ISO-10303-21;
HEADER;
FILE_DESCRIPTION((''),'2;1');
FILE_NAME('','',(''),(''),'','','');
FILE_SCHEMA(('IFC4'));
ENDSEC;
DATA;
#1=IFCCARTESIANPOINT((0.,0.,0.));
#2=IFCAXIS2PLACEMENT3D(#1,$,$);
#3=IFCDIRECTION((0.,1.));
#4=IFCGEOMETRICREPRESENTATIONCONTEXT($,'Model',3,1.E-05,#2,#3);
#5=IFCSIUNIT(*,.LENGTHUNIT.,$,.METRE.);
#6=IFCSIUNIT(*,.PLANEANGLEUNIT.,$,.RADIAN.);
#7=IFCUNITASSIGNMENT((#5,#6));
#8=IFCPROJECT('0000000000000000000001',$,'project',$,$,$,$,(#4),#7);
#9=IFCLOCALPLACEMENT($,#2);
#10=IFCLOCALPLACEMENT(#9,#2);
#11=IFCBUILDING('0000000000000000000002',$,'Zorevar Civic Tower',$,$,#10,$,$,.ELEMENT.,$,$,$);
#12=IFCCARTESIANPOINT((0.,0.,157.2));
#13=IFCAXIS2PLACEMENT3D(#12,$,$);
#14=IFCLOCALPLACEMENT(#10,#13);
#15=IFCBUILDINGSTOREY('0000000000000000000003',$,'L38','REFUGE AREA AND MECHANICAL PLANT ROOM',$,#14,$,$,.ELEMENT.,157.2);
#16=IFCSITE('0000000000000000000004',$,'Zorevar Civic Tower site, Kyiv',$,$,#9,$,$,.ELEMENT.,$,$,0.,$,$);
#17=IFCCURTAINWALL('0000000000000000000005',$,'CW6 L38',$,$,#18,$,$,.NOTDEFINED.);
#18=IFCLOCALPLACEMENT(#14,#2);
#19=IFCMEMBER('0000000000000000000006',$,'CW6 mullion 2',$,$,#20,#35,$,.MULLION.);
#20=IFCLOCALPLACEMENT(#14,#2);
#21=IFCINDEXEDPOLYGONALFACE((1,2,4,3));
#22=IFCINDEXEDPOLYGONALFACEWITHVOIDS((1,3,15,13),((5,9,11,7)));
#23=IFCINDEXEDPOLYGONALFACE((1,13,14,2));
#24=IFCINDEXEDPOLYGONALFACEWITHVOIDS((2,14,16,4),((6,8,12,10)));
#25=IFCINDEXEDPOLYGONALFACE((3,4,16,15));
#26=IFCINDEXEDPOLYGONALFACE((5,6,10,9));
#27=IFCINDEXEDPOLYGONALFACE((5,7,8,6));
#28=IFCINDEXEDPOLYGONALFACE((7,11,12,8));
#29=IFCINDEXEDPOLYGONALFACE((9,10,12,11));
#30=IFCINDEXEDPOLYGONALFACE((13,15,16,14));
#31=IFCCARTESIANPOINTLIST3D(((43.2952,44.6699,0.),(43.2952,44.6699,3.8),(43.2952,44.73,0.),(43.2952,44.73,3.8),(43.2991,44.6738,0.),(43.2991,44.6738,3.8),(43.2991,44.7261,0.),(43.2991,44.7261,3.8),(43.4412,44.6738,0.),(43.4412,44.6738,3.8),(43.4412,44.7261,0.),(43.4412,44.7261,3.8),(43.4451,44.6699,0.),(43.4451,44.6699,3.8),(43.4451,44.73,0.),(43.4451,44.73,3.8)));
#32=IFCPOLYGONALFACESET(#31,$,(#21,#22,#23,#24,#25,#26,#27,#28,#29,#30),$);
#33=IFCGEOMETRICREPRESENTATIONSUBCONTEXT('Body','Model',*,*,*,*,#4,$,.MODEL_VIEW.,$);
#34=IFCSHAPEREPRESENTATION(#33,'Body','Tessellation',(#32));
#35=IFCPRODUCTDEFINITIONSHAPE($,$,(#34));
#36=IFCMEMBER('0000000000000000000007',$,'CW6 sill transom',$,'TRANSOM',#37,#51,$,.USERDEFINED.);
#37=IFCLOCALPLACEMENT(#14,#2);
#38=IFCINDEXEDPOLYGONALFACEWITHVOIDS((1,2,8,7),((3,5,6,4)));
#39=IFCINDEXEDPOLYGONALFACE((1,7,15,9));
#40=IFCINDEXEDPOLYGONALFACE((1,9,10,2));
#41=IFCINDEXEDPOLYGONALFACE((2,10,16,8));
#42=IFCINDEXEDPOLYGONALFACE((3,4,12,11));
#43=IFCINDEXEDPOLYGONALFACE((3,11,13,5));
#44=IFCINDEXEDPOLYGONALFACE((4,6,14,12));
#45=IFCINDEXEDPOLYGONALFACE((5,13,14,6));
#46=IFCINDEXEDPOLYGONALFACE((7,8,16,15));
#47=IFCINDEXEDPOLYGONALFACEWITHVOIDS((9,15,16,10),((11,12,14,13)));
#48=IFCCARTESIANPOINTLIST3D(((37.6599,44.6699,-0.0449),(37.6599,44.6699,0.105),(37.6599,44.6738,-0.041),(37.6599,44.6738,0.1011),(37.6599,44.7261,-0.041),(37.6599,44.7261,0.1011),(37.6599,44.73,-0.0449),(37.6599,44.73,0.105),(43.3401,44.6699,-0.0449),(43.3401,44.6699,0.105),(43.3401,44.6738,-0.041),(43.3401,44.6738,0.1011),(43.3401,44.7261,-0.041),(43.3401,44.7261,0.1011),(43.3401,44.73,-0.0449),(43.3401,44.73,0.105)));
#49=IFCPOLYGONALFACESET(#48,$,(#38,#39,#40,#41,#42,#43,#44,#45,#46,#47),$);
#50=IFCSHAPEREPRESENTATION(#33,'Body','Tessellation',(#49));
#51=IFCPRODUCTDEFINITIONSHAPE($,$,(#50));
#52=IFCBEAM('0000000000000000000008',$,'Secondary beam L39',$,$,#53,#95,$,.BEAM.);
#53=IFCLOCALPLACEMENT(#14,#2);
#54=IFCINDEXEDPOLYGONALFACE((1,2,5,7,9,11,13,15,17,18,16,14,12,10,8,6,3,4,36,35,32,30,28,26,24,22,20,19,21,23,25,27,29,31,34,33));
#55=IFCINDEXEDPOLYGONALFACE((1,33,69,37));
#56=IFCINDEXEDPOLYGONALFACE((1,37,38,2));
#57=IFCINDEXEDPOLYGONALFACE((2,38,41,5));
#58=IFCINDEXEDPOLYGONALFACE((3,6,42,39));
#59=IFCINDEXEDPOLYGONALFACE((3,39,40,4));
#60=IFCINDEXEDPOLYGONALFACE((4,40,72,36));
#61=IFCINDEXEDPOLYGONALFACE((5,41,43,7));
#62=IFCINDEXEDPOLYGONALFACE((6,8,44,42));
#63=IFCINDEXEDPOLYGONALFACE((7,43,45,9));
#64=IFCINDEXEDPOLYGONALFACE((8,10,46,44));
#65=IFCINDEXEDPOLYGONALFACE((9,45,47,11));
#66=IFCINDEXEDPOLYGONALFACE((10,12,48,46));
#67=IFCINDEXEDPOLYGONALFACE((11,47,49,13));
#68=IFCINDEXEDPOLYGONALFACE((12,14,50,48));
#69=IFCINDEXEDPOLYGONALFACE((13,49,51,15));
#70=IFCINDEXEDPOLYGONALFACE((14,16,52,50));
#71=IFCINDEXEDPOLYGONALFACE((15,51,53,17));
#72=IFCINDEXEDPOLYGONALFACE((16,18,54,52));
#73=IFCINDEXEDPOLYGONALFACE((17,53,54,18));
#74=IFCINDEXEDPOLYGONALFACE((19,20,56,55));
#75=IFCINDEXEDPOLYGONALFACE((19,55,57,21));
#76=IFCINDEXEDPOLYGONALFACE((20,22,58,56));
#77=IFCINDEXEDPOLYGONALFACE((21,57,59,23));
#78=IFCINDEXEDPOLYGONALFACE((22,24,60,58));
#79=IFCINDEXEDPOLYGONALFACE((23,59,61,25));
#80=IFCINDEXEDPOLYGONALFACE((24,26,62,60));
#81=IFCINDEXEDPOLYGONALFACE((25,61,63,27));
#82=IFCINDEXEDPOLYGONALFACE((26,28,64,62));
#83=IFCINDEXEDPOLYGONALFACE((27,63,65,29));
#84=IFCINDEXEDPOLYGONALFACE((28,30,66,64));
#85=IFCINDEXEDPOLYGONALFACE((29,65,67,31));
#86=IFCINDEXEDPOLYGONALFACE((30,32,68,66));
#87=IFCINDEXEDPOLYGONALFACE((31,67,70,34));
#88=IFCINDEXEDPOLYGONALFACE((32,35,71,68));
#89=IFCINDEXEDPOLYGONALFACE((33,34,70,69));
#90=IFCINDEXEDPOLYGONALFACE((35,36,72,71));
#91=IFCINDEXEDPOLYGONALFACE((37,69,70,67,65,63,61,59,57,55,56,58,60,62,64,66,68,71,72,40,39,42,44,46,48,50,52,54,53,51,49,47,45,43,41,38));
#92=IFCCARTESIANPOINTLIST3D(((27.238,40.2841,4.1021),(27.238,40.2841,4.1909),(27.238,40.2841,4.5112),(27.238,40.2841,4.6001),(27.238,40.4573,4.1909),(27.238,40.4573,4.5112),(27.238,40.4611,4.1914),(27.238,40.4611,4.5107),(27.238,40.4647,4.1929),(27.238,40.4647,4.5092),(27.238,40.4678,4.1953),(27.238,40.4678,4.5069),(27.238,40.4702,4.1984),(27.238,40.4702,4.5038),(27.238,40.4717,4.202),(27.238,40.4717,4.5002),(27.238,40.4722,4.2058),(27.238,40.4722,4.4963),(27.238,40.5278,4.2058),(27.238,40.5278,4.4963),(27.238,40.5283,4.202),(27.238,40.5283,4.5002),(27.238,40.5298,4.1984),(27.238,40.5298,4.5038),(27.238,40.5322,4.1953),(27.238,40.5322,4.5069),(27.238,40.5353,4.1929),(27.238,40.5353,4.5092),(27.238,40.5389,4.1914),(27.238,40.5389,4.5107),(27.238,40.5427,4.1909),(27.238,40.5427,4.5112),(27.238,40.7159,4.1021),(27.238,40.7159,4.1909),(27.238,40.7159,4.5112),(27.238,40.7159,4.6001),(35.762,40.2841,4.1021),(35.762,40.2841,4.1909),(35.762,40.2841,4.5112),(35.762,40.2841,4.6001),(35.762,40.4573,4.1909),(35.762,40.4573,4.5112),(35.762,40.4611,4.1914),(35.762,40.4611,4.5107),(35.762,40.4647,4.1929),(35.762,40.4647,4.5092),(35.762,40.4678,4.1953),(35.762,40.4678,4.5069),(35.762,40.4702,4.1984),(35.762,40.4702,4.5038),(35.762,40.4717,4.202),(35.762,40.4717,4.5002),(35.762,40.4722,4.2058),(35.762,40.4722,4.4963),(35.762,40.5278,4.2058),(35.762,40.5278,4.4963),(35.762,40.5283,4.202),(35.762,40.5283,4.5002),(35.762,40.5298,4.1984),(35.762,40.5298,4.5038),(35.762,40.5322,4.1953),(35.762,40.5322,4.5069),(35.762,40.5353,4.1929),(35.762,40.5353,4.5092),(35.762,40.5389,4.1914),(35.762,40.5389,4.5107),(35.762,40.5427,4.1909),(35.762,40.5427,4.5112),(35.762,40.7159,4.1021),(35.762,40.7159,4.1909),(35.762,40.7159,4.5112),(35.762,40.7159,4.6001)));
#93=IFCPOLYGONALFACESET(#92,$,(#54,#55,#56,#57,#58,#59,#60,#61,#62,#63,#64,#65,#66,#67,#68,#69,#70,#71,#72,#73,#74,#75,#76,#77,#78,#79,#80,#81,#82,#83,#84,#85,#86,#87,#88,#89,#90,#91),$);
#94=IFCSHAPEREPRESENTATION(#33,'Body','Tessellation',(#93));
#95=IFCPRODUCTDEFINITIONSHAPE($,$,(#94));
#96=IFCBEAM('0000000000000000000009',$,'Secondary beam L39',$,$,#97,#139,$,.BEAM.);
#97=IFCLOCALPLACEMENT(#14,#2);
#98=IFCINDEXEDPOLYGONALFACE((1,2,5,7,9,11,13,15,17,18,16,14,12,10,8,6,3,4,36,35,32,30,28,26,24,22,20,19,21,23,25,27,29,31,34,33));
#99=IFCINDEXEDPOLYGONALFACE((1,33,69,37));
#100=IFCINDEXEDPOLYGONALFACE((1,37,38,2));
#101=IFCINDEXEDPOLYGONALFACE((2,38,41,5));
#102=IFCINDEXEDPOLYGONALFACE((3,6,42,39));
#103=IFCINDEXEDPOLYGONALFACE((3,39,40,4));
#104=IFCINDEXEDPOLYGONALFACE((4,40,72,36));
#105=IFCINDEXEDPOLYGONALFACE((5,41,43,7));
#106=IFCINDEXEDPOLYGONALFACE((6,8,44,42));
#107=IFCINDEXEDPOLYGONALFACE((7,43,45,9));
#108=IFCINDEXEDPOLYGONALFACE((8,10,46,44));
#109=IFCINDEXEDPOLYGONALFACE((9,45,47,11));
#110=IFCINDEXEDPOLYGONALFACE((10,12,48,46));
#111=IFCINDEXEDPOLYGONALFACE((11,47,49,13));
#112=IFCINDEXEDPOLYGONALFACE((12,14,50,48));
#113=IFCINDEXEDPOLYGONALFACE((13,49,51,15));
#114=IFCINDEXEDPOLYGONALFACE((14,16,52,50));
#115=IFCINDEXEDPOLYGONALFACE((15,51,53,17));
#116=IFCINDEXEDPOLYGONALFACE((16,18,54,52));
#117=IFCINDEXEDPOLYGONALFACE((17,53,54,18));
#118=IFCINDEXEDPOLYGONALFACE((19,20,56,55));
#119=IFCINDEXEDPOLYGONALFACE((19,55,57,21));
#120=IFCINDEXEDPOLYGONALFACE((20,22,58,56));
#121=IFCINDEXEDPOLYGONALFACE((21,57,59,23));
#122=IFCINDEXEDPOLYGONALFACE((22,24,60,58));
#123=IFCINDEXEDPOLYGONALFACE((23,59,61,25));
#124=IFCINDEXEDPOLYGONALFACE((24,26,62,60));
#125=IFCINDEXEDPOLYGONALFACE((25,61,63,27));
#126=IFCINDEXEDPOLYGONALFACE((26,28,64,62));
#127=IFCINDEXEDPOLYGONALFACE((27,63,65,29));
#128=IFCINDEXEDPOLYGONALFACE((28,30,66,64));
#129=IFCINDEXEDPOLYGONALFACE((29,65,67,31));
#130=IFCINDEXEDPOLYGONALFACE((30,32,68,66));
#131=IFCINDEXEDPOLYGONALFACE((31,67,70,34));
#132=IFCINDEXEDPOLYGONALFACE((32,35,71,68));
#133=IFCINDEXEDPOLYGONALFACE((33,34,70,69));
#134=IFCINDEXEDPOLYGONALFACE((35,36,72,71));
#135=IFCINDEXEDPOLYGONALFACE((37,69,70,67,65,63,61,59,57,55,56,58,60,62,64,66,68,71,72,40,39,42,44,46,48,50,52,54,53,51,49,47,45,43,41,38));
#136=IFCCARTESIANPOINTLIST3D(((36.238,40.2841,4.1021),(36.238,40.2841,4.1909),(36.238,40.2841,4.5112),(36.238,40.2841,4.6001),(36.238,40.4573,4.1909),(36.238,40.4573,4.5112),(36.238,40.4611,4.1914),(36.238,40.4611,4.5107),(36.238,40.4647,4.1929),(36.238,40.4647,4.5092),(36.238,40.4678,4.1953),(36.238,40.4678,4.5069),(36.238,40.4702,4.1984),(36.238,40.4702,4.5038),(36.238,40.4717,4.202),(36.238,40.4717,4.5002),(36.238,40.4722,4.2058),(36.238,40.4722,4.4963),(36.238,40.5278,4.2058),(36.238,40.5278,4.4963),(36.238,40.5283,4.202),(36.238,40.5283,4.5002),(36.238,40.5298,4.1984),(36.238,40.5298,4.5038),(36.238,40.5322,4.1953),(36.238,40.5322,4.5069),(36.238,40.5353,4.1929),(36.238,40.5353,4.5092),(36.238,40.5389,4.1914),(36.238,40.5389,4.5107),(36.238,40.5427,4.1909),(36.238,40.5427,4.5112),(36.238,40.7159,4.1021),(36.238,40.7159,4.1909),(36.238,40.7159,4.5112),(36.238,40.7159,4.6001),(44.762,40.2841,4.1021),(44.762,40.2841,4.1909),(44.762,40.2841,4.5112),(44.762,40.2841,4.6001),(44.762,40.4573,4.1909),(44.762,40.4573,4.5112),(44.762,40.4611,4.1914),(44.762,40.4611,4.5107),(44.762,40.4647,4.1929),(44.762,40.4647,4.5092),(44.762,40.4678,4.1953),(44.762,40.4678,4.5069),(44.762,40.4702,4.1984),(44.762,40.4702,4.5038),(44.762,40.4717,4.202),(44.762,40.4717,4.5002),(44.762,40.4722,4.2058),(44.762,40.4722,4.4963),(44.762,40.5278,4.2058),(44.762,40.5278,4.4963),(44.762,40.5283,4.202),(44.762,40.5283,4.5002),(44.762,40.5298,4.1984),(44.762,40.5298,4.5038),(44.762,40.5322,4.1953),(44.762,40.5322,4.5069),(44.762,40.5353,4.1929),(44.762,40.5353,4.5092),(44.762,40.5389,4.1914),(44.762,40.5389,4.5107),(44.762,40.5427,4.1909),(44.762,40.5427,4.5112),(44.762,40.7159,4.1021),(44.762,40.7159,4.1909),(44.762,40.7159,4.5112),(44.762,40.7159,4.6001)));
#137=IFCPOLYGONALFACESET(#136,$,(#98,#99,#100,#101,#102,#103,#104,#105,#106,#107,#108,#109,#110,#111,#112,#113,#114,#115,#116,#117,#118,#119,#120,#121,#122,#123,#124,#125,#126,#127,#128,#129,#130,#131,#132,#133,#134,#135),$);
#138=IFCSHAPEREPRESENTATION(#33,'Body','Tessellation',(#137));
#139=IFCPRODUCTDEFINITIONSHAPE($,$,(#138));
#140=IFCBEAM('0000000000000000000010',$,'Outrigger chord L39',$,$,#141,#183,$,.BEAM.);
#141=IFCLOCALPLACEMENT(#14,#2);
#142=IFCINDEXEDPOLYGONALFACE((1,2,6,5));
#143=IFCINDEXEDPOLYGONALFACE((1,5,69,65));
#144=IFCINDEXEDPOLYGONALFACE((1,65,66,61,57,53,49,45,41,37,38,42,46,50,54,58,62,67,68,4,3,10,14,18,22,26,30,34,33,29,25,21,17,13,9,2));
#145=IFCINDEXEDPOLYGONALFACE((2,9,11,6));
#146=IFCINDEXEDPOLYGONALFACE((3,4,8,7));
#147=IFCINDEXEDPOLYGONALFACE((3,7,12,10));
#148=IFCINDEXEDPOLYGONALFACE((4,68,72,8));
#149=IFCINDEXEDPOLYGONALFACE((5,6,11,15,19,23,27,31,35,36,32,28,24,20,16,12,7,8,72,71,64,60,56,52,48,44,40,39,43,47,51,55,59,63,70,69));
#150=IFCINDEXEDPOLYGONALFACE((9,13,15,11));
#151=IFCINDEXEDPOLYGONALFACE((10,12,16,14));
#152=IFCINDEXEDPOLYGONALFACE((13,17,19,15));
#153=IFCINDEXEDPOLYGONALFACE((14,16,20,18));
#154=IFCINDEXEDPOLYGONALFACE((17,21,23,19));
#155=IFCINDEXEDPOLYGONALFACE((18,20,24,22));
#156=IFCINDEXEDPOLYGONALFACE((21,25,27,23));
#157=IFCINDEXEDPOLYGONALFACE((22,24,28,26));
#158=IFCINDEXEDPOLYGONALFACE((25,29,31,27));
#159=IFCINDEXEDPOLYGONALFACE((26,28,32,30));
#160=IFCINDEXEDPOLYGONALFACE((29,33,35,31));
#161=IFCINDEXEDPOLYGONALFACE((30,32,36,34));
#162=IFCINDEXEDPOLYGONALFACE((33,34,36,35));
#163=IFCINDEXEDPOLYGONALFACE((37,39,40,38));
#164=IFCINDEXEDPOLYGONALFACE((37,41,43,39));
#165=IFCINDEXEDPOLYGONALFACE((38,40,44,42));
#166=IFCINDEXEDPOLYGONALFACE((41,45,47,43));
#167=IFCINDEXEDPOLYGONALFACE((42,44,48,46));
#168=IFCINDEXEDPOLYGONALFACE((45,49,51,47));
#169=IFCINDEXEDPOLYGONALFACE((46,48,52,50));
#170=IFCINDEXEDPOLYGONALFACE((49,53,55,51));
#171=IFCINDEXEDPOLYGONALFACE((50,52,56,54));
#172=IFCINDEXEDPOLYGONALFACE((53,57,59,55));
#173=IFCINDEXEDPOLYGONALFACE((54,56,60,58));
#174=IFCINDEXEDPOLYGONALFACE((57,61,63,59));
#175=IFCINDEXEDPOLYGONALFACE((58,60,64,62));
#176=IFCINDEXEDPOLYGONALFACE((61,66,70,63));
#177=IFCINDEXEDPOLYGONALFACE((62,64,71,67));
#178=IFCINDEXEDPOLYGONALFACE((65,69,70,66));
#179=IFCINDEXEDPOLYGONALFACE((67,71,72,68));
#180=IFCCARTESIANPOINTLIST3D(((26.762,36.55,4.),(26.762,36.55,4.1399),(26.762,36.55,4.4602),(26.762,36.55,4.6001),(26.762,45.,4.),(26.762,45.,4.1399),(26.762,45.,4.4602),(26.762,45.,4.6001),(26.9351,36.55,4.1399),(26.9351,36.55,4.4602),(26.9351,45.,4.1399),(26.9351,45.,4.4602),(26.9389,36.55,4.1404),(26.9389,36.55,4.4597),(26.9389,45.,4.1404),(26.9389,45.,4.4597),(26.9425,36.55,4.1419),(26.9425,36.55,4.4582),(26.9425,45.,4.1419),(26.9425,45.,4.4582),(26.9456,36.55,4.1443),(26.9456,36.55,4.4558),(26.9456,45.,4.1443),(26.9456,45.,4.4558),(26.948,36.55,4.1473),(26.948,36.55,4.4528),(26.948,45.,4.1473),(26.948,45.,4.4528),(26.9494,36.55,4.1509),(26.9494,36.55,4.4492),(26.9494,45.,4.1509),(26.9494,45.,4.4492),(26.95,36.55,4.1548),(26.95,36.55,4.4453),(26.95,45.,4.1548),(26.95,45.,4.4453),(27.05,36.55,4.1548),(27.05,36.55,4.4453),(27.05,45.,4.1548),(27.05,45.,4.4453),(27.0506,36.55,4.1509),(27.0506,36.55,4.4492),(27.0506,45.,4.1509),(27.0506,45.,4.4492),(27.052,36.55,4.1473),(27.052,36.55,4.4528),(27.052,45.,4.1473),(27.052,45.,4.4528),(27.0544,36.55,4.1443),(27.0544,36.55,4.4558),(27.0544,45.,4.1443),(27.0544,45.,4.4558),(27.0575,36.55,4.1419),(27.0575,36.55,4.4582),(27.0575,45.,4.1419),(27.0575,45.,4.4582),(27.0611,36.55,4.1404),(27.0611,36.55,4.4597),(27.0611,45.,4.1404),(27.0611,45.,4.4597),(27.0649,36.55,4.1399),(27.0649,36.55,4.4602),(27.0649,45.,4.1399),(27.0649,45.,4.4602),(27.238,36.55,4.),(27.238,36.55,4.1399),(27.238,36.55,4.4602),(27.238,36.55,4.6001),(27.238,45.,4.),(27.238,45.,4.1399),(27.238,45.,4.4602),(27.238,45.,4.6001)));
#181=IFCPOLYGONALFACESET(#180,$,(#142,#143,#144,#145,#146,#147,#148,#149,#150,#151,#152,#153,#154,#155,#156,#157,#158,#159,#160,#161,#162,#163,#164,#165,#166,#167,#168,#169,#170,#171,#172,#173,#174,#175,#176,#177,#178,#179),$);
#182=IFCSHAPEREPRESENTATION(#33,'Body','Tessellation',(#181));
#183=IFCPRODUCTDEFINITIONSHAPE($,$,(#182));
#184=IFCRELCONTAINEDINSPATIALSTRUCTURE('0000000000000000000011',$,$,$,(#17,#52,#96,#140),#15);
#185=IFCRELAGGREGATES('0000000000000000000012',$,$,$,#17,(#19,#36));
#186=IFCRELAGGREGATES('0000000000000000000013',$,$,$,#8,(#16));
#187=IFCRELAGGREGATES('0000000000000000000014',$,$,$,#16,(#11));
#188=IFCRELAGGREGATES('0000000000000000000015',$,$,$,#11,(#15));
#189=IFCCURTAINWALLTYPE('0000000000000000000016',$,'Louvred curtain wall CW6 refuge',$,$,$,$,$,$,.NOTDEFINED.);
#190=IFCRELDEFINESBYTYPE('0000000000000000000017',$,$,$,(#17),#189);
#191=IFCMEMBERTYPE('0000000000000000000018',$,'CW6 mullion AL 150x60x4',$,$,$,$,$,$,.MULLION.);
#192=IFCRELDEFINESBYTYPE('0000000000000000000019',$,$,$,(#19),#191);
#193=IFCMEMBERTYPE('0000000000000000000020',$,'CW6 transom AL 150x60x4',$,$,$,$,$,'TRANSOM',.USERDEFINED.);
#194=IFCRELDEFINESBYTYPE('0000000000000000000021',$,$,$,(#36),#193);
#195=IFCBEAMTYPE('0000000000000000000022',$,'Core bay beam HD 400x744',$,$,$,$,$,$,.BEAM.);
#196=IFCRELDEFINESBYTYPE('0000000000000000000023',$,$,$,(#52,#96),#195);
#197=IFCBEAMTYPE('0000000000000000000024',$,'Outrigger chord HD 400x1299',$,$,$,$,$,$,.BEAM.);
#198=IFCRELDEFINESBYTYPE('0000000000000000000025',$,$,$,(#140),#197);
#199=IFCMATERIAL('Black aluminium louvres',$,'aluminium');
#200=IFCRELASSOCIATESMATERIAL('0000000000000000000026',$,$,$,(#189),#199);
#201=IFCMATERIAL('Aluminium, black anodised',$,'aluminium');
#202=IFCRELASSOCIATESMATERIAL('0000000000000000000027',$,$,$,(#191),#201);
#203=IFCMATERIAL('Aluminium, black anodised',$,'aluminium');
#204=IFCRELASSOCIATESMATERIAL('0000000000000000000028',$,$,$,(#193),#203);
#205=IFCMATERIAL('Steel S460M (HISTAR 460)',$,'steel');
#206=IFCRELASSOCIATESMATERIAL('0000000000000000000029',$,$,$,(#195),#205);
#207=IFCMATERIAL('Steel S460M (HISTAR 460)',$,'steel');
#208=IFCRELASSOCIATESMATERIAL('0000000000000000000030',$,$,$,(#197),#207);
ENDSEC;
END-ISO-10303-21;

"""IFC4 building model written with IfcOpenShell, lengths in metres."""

from ifc_helpers import new_model, si_unit, direction, frame, origin, origin_2d, place, context, subcontext, project, spatial, hollow_rectangle, i_section, extrude, material, material_profile, profile_set, type_object, element, aggregate, save


model = new_model("IFC4")

# Units and contexts
model_context = context("Model", 3, precision=1e-05, world=origin(), true_north=direction((0.0, 1.0)))
body_context = subcontext(model_context, "Body", "Model", "MODEL_VIEW")
ifc_project = project(units=[si_unit("LENGTHUNIT", "METRE"), si_unit("PLANEANGLEUNIT", "RADIAN")], contexts=[model_context])

# Site, building, storey
site_placement = place(None, origin())
site = spatial("IfcSite", under=ifc_project, at=site_placement, Name="Zorevar Civic Tower site, Kyiv", CompositionType="ELEMENT", RefElevation=0.0)
building_placement = place(site_placement, origin())
building = spatial("IfcBuilding", under=site, at=building_placement, Name="Zorevar Civic Tower", CompositionType="ELEMENT")
storey_placement = place(building_placement, frame((0.0, 0.0, 157.2)))
storey = spatial("IfcBuildingStorey", under=building, at=storey_placement, Name="L38", Description="REFUGE AREA AND MECHANICAL PLANT ROOM", CompositionType="ELEMENT", Elevation=157.2)

# Curtain wall, members
ifc_material_1 = material(Name="Black aluminium louvres", Category="aluminium")
curtain_wall_type = type_object("IfcCurtainWallType", Name="Louvred curtain wall CW6 refuge", PredefinedType="NOTDEFINED", material=ifc_material_1)
curtain_wall_placement = place(storey_placement, origin())
curtain_wall = element("IfcCurtainWall", 1, at=curtain_wall_placement, inside=storey, type_object=curtain_wall_type, Name="CW6 L38", PredefinedType="NOTDEFINED")
ifc_material_2 = material(Name="Aluminium, black anodised", Category="aluminium")
ifc_material_profile_1 = material_profile(ifc_material_2, hollow_rectangle(XDim=0.0601, YDim=0.1499, WallThickness=0.0039, at=origin_2d()), Name="AL 150x60x4")
ifc_profile_set_1 = profile_set([ifc_material_profile_1], Name="Aluminium, black anodised")
member_type_1 = type_object("IfcMemberType", Name="CW6 mullion AL 150x60x4", PredefinedType="MULLION", material=ifc_profile_set_1)
member_1_placement = place(storey_placement, frame((43.3701, 44.7, 0.0), z_axis=(0.0, 0.0, 1.0), x_axis=(0.0, 1.0, 0.0)))
member_1 = element("IfcMember", 2, at=member_1_placement, type_object=member_type_1, Name="CW6 mullion 2", PredefinedType="MULLION", context=body_context, shape_type="SweptSolid", body=[
    extrude(hollow_rectangle(XDim=0.0601, YDim=0.1499, WallThickness=0.0039, at=origin_2d()), origin(), (0.0, 0.0, 1.0), 3.8),
])
ifc_material_3 = material(Name="Aluminium, black anodised", Category="aluminium")
ifc_material_profile_2 = material_profile(ifc_material_3, hollow_rectangle(XDim=0.0601, YDim=0.1499, WallThickness=0.0039, at=origin_2d()), Name="AL 150x60x4")
ifc_profile_set_2 = profile_set([ifc_material_profile_2], Name="Aluminium, black anodised")
member_type_2 = type_object("IfcMemberType", Name="CW6 transom AL 150x60x4", ElementType="TRANSOM", PredefinedType="USERDEFINED", material=ifc_profile_set_2)
member_2_placement = place(storey_placement, frame((37.6599, 44.7, 0.03), z_axis=(1.0, 0.0, 0.0), x_axis=(0.0, 1.0, 0.0)))
member_2 = element("IfcMember", 3, at=member_2_placement, type_object=member_type_2, Name="CW6 sill transom", ObjectType="TRANSOM", PredefinedType="USERDEFINED", context=body_context, shape_type="SweptSolid", body=[
    extrude(hollow_rectangle(XDim=0.0601, YDim=0.1499, WallThickness=0.0039, at=origin_2d()), origin(), (0.0, 0.0, 1.0), 5.6802),
])

# Beams
ifc_material_4 = material(Name="Steel S460M (HISTAR 460)", Category="steel")
ifc_material_profile_3 = material_profile(ifc_material_4, i_section(OverallWidth=0.4319, OverallDepth=0.498, WebThickness=0.0557, FlangeThickness=0.0889, FilletRadius=0.0149, at=origin_2d()), Name="HD 400x744")
ifc_profile_set_3 = profile_set([ifc_material_profile_3], Name="Steel S460M (HISTAR 460)")
beam_type_1 = type_object("IfcBeamType", Name="Core bay beam HD 400x744", PredefinedType="BEAM", material=ifc_profile_set_3)
for number, where, z_axis, x_axis, name in (
    (4, (27.238, 40.5, 4.3511), (1.0, 0.0, 0.0), (0.0, 1.0, 0.0), "Secondary beam L39"),
    (5, (36.238, 40.5, 4.3511), (1.0, 0.0, 0.0), (0.0, 1.0, 0.0), "Secondary beam L39"),
):
    element("IfcBeam", number, at=place(storey_placement, frame(where, z_axis=z_axis, x_axis=x_axis)), inside=storey, type_object=beam_type_1, Name=name, PredefinedType="BEAM", context=body_context, shape_type="SweptSolid", body=[
        extrude(i_section(OverallWidth=0.4319, OverallDepth=0.498, WebThickness=0.0557, FlangeThickness=0.0889, FilletRadius=0.0149, at=origin_2d()), origin(), (0.0, 0.0, 1.0), 8.5239),
    ])
ifc_material_5 = material(Name="Steel S460M (HISTAR 460)", Category="steel")
ifc_material_profile_4 = material_profile(ifc_material_5, i_section(OverallWidth=0.4761, OverallDepth=0.6001, WebThickness=0.1001, FlangeThickness=0.1399, FilletRadius=0.0149, at=origin_2d()), Name="HD 400x1299")
ifc_profile_set_4 = profile_set([ifc_material_profile_4], Name="Steel S460M (HISTAR 460)")
beam_type_2 = type_object("IfcBeamType", Name="Outrigger chord HD 400x1299", PredefinedType="BEAM", material=ifc_profile_set_4)
for number, where, z_axis, x_axis, name in (
    (6, (27.0, 36.55, 4.3), (0.0, 1.0, 0.0), (-1.0, 0.0, 0.0), "Outrigger chord L39"),
):
    element("IfcBeam", number, at=place(storey_placement, frame(where, z_axis=z_axis, x_axis=x_axis)), inside=storey, type_object=beam_type_2, Name=name, PredefinedType="BEAM", context=body_context, shape_type="SweptSolid", body=[
        extrude(i_section(OverallWidth=0.4761, OverallDepth=0.6001, WebThickness=0.1001, FlangeThickness=0.1399, FilletRadius=0.0149, at=origin_2d()), origin(), (0.0, 0.0, 1.0), 8.45),
    ])

aggregate(curtain_wall, [member_1, member_2])

save(model, "model.ifc")
